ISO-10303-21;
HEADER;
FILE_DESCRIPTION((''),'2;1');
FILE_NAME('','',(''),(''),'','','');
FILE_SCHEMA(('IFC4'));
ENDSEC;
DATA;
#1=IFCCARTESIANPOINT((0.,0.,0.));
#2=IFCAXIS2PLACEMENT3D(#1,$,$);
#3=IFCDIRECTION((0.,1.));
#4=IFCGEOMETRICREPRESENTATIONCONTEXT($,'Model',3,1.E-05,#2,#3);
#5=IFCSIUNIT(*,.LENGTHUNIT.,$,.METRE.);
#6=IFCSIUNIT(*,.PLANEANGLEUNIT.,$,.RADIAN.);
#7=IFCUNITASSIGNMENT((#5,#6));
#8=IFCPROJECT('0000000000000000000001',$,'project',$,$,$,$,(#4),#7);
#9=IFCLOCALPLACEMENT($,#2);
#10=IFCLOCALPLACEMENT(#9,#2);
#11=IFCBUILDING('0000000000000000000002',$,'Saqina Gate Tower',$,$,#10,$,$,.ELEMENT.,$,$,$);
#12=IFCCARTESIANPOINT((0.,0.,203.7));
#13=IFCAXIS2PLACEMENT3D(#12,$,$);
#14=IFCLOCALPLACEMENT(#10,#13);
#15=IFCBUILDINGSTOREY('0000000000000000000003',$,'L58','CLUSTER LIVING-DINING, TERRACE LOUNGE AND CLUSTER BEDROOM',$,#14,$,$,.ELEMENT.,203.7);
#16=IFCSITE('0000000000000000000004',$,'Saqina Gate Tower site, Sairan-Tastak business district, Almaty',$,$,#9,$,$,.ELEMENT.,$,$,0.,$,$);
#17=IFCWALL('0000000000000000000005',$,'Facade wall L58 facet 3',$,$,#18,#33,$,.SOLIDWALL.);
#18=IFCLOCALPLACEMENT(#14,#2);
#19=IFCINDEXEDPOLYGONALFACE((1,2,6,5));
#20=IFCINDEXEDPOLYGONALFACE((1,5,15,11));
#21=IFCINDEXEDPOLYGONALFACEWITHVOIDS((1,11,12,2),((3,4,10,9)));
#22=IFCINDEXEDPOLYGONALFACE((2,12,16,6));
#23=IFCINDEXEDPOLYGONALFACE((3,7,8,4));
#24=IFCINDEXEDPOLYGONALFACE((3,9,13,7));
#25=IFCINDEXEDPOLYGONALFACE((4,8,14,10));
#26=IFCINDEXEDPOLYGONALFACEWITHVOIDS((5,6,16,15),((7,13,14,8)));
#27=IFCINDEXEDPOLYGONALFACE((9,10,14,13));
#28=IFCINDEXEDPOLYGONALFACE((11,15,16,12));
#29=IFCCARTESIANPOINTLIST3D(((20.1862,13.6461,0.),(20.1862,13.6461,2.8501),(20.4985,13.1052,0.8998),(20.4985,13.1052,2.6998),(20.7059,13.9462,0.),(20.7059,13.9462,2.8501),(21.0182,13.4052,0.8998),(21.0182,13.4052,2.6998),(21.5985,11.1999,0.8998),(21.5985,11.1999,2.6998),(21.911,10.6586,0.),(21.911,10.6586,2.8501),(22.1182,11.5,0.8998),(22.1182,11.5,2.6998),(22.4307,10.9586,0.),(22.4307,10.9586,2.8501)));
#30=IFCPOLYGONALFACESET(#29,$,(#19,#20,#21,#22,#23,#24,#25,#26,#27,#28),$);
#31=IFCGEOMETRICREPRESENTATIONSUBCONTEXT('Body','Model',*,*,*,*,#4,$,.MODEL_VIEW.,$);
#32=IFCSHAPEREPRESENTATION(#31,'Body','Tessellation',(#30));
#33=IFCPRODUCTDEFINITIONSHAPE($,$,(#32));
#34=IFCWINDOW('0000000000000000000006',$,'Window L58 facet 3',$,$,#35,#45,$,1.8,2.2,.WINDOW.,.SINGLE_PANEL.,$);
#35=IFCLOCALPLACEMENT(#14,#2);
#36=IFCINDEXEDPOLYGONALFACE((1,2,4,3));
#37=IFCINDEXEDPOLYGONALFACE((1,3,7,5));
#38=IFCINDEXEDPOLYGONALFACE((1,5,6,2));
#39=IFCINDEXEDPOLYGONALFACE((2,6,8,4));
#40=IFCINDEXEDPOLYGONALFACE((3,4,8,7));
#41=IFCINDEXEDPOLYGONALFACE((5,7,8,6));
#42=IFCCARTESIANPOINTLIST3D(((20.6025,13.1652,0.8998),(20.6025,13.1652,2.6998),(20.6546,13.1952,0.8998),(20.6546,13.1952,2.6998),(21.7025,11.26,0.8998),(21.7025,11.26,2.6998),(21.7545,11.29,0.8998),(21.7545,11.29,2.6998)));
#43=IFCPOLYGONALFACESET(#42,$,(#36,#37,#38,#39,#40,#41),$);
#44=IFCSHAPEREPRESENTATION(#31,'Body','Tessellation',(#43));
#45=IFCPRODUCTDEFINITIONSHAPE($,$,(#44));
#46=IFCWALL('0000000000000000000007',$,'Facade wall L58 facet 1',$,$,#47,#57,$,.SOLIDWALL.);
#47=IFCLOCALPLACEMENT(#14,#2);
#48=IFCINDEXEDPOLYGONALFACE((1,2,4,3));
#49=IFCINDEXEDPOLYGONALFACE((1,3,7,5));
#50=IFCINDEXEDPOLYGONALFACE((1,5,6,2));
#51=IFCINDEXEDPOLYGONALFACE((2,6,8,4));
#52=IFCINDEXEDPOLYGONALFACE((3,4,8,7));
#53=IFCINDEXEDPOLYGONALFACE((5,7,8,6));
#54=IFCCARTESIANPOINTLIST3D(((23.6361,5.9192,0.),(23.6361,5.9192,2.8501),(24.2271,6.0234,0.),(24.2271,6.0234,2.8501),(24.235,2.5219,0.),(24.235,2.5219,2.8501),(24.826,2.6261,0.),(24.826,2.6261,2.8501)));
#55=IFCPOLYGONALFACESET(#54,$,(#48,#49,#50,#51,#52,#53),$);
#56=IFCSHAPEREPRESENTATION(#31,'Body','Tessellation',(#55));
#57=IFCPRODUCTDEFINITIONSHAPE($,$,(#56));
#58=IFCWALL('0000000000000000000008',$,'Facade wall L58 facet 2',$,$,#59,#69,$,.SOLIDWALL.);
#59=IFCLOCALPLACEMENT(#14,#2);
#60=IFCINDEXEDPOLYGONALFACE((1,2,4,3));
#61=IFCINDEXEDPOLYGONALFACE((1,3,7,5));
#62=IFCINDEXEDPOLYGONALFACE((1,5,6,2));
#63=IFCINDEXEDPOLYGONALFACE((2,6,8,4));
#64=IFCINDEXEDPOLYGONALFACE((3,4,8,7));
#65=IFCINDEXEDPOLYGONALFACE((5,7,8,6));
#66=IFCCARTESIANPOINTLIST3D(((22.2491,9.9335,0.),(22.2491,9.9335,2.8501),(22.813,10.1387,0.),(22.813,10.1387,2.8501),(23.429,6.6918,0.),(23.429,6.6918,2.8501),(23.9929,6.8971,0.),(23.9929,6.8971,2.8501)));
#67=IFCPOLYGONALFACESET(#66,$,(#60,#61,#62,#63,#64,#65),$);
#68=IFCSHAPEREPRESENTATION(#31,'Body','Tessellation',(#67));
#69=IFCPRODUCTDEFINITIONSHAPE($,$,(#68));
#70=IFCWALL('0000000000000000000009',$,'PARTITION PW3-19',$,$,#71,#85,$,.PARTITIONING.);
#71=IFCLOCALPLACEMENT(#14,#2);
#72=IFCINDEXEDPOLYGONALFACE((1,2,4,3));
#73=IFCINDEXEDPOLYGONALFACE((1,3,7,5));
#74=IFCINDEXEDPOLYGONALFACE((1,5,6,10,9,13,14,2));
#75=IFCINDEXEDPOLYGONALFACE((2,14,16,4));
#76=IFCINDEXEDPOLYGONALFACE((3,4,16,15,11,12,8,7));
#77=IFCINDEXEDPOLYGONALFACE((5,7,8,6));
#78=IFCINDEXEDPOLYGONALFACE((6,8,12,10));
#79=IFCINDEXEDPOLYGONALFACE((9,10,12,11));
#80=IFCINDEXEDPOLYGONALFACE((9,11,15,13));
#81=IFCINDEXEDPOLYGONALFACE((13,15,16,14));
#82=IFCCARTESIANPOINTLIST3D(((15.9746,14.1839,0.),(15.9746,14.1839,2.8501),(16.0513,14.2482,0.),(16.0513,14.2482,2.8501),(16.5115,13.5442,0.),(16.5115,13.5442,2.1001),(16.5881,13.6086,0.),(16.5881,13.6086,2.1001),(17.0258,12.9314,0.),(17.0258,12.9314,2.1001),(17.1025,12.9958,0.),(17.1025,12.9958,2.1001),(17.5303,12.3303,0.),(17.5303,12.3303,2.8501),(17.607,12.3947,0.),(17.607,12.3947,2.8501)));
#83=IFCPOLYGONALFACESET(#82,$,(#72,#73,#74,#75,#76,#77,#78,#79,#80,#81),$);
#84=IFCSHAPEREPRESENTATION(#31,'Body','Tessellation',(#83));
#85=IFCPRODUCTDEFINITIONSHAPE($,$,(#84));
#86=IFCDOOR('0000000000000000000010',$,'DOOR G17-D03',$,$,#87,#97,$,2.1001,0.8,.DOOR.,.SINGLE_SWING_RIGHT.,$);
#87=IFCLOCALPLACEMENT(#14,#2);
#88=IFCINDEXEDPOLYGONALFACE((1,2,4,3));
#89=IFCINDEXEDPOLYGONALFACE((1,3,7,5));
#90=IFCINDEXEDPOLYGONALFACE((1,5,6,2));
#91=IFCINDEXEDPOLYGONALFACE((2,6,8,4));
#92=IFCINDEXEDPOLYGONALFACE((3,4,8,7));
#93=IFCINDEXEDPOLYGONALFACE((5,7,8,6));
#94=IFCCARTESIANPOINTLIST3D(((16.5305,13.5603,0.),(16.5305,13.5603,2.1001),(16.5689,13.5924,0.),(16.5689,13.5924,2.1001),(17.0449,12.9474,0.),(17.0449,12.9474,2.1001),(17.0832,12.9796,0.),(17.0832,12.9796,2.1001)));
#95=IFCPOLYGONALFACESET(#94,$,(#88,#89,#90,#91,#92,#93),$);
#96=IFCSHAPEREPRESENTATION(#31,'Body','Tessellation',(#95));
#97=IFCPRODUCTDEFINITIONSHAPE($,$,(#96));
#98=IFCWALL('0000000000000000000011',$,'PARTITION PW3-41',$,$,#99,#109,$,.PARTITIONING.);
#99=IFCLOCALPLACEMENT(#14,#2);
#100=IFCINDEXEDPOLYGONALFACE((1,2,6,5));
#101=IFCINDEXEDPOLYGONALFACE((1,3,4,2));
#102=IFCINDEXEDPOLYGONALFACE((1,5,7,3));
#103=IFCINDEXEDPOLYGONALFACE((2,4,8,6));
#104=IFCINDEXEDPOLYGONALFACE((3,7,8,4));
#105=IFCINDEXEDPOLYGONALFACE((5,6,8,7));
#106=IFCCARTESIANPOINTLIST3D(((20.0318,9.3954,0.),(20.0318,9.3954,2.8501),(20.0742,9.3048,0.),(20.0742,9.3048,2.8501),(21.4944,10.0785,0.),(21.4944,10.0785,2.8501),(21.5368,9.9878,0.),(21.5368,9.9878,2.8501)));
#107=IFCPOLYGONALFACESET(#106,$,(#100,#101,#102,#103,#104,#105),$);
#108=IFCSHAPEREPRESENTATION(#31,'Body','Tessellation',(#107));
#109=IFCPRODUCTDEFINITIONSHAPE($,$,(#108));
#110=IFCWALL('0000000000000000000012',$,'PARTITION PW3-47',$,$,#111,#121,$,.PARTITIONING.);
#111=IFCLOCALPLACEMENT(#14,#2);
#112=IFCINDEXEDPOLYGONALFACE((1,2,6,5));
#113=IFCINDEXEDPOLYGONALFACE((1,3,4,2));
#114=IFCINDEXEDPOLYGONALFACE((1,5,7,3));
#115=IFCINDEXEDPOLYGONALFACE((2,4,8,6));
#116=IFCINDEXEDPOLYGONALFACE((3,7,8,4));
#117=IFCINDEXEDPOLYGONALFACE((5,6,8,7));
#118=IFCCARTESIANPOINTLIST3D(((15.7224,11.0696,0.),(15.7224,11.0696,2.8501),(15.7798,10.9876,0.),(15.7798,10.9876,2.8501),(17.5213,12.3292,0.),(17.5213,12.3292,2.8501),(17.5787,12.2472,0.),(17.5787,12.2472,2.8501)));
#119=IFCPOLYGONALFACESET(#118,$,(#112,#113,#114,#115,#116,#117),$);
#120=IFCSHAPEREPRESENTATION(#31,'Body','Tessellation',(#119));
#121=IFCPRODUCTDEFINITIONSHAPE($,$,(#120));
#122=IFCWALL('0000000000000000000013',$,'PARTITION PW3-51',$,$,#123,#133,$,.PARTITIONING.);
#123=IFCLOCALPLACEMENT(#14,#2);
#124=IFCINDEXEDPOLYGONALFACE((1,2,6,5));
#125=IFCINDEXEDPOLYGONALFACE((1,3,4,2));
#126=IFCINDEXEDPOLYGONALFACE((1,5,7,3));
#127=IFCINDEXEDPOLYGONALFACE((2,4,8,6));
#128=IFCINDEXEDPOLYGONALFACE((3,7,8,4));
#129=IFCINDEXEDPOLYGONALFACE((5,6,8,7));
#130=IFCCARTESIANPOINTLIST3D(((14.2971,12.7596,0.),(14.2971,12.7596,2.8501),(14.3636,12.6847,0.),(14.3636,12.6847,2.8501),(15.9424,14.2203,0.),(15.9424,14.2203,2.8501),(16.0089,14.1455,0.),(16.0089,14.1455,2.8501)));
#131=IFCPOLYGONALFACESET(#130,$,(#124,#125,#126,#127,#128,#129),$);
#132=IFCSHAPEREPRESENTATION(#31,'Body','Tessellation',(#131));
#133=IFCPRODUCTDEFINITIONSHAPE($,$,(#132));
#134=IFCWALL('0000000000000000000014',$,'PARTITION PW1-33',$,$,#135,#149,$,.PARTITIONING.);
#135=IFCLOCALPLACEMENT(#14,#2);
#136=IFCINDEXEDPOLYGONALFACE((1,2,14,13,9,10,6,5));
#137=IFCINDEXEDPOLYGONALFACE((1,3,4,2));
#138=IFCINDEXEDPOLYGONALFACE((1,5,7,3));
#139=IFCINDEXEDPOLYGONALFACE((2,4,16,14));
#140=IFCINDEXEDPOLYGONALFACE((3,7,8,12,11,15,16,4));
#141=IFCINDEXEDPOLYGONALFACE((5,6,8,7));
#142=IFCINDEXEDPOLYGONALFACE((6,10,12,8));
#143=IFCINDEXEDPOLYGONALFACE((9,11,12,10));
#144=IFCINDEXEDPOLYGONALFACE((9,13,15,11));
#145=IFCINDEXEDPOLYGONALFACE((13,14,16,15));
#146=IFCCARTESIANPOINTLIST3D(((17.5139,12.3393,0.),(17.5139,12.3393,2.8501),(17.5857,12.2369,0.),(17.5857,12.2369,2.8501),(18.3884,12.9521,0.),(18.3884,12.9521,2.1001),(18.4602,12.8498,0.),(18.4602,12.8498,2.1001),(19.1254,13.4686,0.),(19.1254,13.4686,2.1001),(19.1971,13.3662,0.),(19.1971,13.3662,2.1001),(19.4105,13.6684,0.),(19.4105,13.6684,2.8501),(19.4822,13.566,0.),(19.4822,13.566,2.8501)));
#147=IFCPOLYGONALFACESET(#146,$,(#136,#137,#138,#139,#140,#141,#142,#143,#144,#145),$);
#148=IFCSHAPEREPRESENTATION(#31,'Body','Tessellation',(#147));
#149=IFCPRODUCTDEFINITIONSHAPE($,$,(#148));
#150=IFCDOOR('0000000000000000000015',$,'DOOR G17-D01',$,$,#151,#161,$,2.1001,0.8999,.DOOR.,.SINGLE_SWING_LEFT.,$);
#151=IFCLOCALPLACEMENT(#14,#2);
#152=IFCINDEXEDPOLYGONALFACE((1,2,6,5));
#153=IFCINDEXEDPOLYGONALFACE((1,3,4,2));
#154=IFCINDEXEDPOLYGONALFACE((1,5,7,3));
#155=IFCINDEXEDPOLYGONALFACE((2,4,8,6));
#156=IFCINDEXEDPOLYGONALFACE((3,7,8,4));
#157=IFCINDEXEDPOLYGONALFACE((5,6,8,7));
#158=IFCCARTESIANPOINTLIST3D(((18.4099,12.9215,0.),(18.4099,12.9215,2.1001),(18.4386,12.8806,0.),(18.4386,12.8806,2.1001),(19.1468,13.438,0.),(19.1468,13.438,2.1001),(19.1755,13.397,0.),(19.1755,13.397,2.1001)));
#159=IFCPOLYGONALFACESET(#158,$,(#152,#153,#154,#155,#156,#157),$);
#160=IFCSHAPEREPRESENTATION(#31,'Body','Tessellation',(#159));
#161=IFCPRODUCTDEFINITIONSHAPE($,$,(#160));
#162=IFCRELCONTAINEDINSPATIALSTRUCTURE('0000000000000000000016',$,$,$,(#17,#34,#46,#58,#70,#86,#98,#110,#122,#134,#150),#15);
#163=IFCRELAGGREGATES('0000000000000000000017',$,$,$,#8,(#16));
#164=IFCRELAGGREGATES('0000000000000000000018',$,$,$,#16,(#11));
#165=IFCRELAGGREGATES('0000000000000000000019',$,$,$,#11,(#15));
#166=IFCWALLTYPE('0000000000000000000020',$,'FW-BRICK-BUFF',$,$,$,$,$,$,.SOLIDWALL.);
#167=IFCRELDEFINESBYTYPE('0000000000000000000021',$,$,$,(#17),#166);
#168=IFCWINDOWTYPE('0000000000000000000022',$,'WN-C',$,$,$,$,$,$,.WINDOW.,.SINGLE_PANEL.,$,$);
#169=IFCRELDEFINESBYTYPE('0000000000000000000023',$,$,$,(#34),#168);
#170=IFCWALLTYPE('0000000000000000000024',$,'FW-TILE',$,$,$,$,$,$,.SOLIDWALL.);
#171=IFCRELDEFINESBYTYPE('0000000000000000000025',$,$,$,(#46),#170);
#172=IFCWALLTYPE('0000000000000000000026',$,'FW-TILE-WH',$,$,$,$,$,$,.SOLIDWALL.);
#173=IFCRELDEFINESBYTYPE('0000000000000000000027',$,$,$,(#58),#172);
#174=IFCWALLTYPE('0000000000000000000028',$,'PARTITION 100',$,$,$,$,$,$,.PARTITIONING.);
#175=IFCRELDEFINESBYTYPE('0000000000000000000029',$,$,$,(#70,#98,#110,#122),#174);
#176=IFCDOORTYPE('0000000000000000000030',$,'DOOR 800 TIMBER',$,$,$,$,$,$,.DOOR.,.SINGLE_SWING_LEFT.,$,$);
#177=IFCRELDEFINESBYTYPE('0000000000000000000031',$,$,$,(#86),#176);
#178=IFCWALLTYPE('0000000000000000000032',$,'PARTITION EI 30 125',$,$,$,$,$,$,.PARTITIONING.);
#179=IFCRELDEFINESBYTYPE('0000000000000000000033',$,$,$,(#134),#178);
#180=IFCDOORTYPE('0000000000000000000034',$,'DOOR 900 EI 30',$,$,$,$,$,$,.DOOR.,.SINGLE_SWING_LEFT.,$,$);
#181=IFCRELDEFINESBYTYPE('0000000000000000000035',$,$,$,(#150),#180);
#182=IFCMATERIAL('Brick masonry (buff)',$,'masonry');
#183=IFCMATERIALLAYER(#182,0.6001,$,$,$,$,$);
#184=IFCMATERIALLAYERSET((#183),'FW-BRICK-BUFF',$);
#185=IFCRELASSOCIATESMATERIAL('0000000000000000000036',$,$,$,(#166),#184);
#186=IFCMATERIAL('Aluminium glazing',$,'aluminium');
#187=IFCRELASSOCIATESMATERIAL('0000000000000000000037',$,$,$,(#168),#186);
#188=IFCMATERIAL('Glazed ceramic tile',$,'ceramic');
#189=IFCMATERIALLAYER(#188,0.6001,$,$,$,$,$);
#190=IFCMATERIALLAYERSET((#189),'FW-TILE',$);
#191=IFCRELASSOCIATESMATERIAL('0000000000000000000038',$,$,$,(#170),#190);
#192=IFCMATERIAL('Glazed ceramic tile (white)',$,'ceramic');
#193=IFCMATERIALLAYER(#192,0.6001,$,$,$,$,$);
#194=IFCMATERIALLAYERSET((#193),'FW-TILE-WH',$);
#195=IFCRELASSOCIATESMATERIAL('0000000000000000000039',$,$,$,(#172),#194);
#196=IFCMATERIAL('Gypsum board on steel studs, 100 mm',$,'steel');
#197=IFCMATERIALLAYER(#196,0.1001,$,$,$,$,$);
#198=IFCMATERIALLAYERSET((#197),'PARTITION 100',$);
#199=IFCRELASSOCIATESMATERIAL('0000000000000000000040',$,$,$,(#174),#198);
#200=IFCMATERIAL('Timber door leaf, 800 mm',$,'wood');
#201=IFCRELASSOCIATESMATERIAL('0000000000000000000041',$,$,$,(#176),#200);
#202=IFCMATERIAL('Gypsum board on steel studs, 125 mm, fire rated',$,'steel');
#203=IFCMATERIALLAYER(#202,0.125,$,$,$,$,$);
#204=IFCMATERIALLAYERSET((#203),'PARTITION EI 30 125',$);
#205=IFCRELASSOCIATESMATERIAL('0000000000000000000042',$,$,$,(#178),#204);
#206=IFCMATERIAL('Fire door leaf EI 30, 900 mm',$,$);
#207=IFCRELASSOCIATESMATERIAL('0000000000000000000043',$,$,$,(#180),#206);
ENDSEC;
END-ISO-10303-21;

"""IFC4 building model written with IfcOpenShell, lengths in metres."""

from ifc_helpers import new_model, si_unit, direction, frame, frame_2d, origin, place, context, subcontext, project, spatial, rectangle, extrude, material, layer, layer_set, type_object, element, fill, save


model = new_model("IFC4")

# Units and contexts
model_context = context("Model", 3, precision=1e-05, world=origin(), true_north=direction((0.0, 1.0)))
body_context = subcontext(model_context, "Body", "Model", "MODEL_VIEW")
ifc_project = project(units=[si_unit("LENGTHUNIT", "METRE"), si_unit("PLANEANGLEUNIT", "RADIAN")], contexts=[model_context])

# Site, building, storey
site_placement = place(None, origin())
site = spatial("IfcSite", under=ifc_project, at=site_placement, Name="Saqina Gate Tower site, Sairan-Tastak business district, Almaty", CompositionType="ELEMENT", RefElevation=0.0)
building_placement = place(site_placement, origin())
building = spatial("IfcBuilding", under=site, at=building_placement, Name="Saqina Gate Tower", CompositionType="ELEMENT")
storey_placement = place(building_placement, frame((0.0, 0.0, 203.7)))
storey = spatial("IfcBuildingStorey", under=building, at=storey_placement, Name="L58", Description="CLUSTER LIVING-DINING, TERRACE LOUNGE AND CLUSTER BEDROOM", CompositionType="ELEMENT", Elevation=203.7)

# Wall, opening, window
ifc_material_1 = material(Name="Brick masonry (buff)", Category="masonry")
ifc_layer_1 = layer(ifc_material_1, 0.6001)
ifc_layer_set_1 = layer_set([ifc_layer_1], Name="FW-BRICK-BUFF")
wall_type_1 = type_object("IfcWallType", Name="FW-BRICK-BUFF", PredefinedType="SOLIDWALL", material=ifc_layer_set_1)
wall_1_placement = place(storey_placement, frame((22.1709, 10.8086, 0.0), z_axis=(0.0, 0.0, 1.0), x_axis=(-0.499998, 0.866026, 0.0)))
wall_1 = element("IfcWall", 1, at=wall_1_placement, inside=storey, type_object=wall_type_1, Name="Facade wall L58 facet 3", PredefinedType="SOLIDWALL", context=body_context, shape_type="SweptSolid", body=[
    extrude(rectangle(XDim=3.4497, YDim=0.6001, at=frame_2d((1.7249, 0.0))), origin(), (0.0, 0.0, 1.0), 2.8501),
])
opening_1_placement = place(wall_1_placement, frame((0.625, 0.0, 0.8999)))
opening_1 = element("IfcOpeningElement", 2, at=opening_1_placement, cuts=wall_1, PredefinedType="OPENING", context=body_context, shape_type="SweptSolid", body=[
    extrude(rectangle(XDim=2.2, YDim=1.8, at=frame_2d((1.1001, 0.8999))), frame((0.0, 0.312, 0.0), z_axis=(0.0, -1.0, 0.0), x_axis=(1.0, 0.0, 0.0)), (0.0, 0.0, 1.0), 0.624),
])
ifc_material_2 = material(Name="Aluminium glazing", Category="aluminium")
window_type = type_object("IfcWindowType", Name="WN-C", PartitioningType="SINGLE_PANEL", PredefinedType="WINDOW", material=ifc_material_2)
window_placement = place(opening_1_placement, origin())
window = element("IfcWindow", 3, at=window_placement, inside=storey, type_object=window_type, Name="Window L58 facet 3", OverallHeight=1.8, OverallWidth=2.2, PartitioningType="SINGLE_PANEL", PredefinedType="WINDOW", context=body_context, shape_type="SweptSolid", body=[
    extrude(rectangle(XDim=2.2, YDim=1.8, at=frame_2d((1.1001, 0.8999))), frame((0.0, 0.1799, 0.0), z_axis=(0.0, -1.0, 0.0), x_axis=(1.0, 0.0, 0.0)), (0.0, 0.0, 1.0), 0.0601),
])
fill(opening_1, window)

# Walls
ifc_material_3 = material(Name="Glazed ceramic tile", Category="ceramic")
ifc_layer_2 = layer(ifc_material_3, 0.6001)
ifc_layer_set_2 = layer_set([ifc_layer_2], Name="FW-TILE")
wall_type_2 = type_object("IfcWallType", Name="FW-TILE", PredefinedType="SOLIDWALL", material=ifc_layer_set_2)
wall_2_placement = place(storey_placement, frame((24.5305, 2.574, 0.0), z_axis=(0.0, 0.0, 1.0), x_axis=(-0.173608, 0.984815, 0.0)))
element("IfcWall", 4, at=wall_2_placement, inside=storey, type_object=wall_type_2, Name="Facade wall L58 facet 1", PredefinedType="SOLIDWALL", context=body_context, shape_type="SweptSolid", body=[
    extrude(rectangle(XDim=3.4497, YDim=0.6001, at=frame_2d((1.7249, 0.0))), origin(), (0.0, 0.0, 1.0), 2.8501),
])
ifc_material_4 = material(Name="Glazed ceramic tile (white)", Category="ceramic")
ifc_layer_3 = layer(ifc_material_4, 0.6001)
ifc_layer_set_3 = layer_set([ifc_layer_3], Name="FW-TILE-WH")
wall_type_3 = type_object("IfcWallType", Name="FW-TILE-WH", PredefinedType="SOLIDWALL", material=ifc_layer_set_3)
wall_3_placement = place(storey_placement, frame((23.7109, 6.7944, 0.0), z_axis=(0.0, 0.0, 1.0), x_axis=(-0.342033, 0.939688, 0.0)))
element("IfcWall", 5, at=wall_3_placement, inside=storey, type_object=wall_type_3, Name="Facade wall L58 facet 2", PredefinedType="SOLIDWALL", context=body_context, shape_type="SweptSolid", body=[
    extrude(rectangle(XDim=3.4497, YDim=0.6001, at=frame_2d((1.7249, 0.0))), origin(), (0.0, 0.0, 1.0), 2.8501),
])

# Wall, opening, door
ifc_material_5 = material(Name="Gypsum board on steel studs, 100 mm", Category="steel")
ifc_layer_4 = layer(ifc_material_5, 0.1001)
ifc_layer_set_4 = layer_set([ifc_layer_4], Name="PARTITION 100")
wall_type_4 = type_object("IfcWallType", Name="PARTITION 100", PredefinedType="PARTITIONING", material=ifc_layer_set_4)
wall_4_placement = place(storey_placement, frame((16.0129, 14.2161, 0.0), z_axis=(0.0, 0.0, 1.0), x_axis=(0.64288, -0.765967, 0.0)))
wall_4 = element("IfcWall", 6, at=wall_4_placement, inside=storey, type_object=wall_type_4, Name="PARTITION PW3-19", PredefinedType="PARTITIONING", context=body_context, shape_type="SweptSolid", body=[
    extrude(rectangle(XDim=2.4199, YDim=0.1001, at=frame_2d((1.21, 0.0))), origin(), (0.0, 0.0, 1.0), 2.8501),
])
opening_2_placement = place(wall_4_placement, frame((0.8352, 0.0, 0.0)))
opening_2 = element("IfcOpeningElement", 7, at=opening_2_placement, cuts=wall_4, PredefinedType="OPENING", context=body_context, shape_type="SweptSolid", body=[
    extrude(rectangle(XDim=0.8, YDim=2.1001, at=frame_2d((0.3999, 1.05))), frame((0.0, 0.062, 0.0), z_axis=(0.0, -1.0, 0.0), x_axis=(1.0, 0.0, 0.0)), (0.0, 0.0, 1.0), 0.124),
])
ifc_material_6 = material(Name="Timber door leaf, 800 mm", Category="wood")
door_type_1 = type_object("IfcDoorType", Name="DOOR 800 TIMBER", OperationType="SINGLE_SWING_LEFT", PredefinedType="DOOR", material=ifc_material_6)
door_1_placement = place(opening_2_placement, origin())
door_1 = element("IfcDoor", 8, at=door_1_placement, inside=storey, type_object=door_type_1, Name="DOOR G17-D03", OperationType="SINGLE_SWING_RIGHT", OverallHeight=2.1001, OverallWidth=0.8, PredefinedType="DOOR", context=body_context, shape_type="SweptSolid", body=[
    extrude(rectangle(XDim=0.8, YDim=2.1001, at=frame_2d((0.3999, 1.05))), frame((0.0, 0.0249, 0.0), z_axis=(0.0, -1.0, 0.0), x_axis=(1.0, 0.0, 0.0)), (0.0, 0.0, 1.0), 0.05),
])
fill(opening_2, door_1)

# Walls
wall_5_placement = place(storey_placement, frame((20.053, 9.3501, 0.0), z_axis=(0.0, 0.0, 1.0), x_axis=(0.906056, 0.423159, 0.0)))
element("IfcWall", 9, at=wall_5_placement, inside=storey, type_object=wall_type_4, Name="PARTITION PW3-41", PredefinedType="PARTITIONING", context=body_context, shape_type="SweptSolid", body=[
    extrude(rectangle(XDim=1.6143, YDim=0.1001, at=frame_2d((0.8071, 0.0))), origin(), (0.0, 0.0, 1.0), 2.8501),
])
wall_6_placement = place(storey_placement, frame((15.751, 11.0286, 0.0), z_axis=(0.0, 0.0, 1.0), x_axis=(0.819159, 0.573567, 0.0)))
element("IfcWall", 10, at=wall_6_placement, inside=storey, type_object=wall_type_4, Name="PARTITION PW3-47", PredefinedType="PARTITIONING", context=body_context, shape_type="SweptSolid", body=[
    extrude(rectangle(XDim=2.196, YDim=0.1001, at=frame_2d((1.0981, 0.0))), origin(), (0.0, 0.0, 1.0), 2.8501),
])
wall_7_placement = place(storey_placement, frame((14.3303, 12.7222, 0.0), z_axis=(0.0, 0.0, 1.0), x_axis=(0.747807, 0.663916, 0.0)))
element("IfcWall", 11, at=wall_7_placement, inside=storey, type_object=wall_type_4, Name="PARTITION PW3-51", PredefinedType="PARTITIONING", context=body_context, shape_type="SweptSolid", body=[
    extrude(rectangle(XDim=2.2002, YDim=0.1001, at=frame_2d((1.1001, 0.0))), origin(), (0.0, 0.0, 1.0), 2.8501),
])

# Wall, opening, door
ifc_material_7 = material(Name="Gypsum board on steel studs, 125 mm, fire rated", Category="steel")
ifc_layer_5 = layer(ifc_material_7, 0.125)
ifc_layer_set_5 = layer_set([ifc_layer_5], Name="PARTITION EI 30 125")
wall_type_5 = type_object("IfcWallType", Name="PARTITION EI 30 125", PredefinedType="PARTITIONING", material=ifc_layer_set_5)
wall_8_placement = place(storey_placement, frame((17.5498, 12.2881, 0.0), z_axis=(0.0, 0.0, 1.0), x_axis=(0.818915, 0.573915, 0.0)))
wall_8 = element("IfcWall", 12, at=wall_8_placement, inside=storey, type_object=wall_type_5, Name="PARTITION PW1-33", PredefinedType="PARTITIONING", context=body_context, shape_type="SweptSolid", body=[
    extrude(rectangle(XDim=2.3159, YDim=0.125, at=frame_2d((1.158, 0.0))), origin(), (0.0, 0.0, 1.0), 2.8501),
])
opening_3_placement = place(wall_8_placement, frame((1.0679, 0.0, 0.0)))
opening_3 = element("IfcOpeningElement", 13, at=opening_3_placement, cuts=wall_8, PredefinedType="OPENING", context=body_context, shape_type="SweptSolid", body=[
    extrude(rectangle(XDim=0.8999, YDim=2.1001, at=frame_2d((0.45, 1.05))), frame((0.0, 0.0745, 0.0), z_axis=(0.0, -1.0, 0.0), x_axis=(1.0, 0.0, 0.0)), (0.0, 0.0, 1.0), 0.1489),
])
ifc_material_8 = material(Name="Fire door leaf EI 30, 900 mm")
door_type_2 = type_object("IfcDoorType", Name="DOOR 900 EI 30", OperationType="SINGLE_SWING_LEFT", PredefinedType="DOOR", material=ifc_material_8)
door_2_placement = place(opening_3_placement, frame((0.8999, 0.0, 0.0), z_axis=(0.0, 0.0, 1.0), x_axis=(-1.0, 0.0, 0.0)))
door_2 = element("IfcDoor", 14, at=door_2_placement, inside=storey, type_object=door_type_2, Name="DOOR G17-D01", OperationType="SINGLE_SWING_LEFT", OverallHeight=2.1001, OverallWidth=0.8999, PredefinedType="DOOR", context=body_context, shape_type="SweptSolid", body=[
    extrude(rectangle(XDim=0.8999, YDim=2.1001, at=frame_2d((0.45, 1.05))), frame((0.0, 0.0249, 0.0), z_axis=(0.0, -1.0, 0.0), x_axis=(1.0, 0.0, 0.0)), (0.0, 0.0, 1.0), 0.05),
])
fill(opening_3, door_2)

save(model, "model.ifc")
